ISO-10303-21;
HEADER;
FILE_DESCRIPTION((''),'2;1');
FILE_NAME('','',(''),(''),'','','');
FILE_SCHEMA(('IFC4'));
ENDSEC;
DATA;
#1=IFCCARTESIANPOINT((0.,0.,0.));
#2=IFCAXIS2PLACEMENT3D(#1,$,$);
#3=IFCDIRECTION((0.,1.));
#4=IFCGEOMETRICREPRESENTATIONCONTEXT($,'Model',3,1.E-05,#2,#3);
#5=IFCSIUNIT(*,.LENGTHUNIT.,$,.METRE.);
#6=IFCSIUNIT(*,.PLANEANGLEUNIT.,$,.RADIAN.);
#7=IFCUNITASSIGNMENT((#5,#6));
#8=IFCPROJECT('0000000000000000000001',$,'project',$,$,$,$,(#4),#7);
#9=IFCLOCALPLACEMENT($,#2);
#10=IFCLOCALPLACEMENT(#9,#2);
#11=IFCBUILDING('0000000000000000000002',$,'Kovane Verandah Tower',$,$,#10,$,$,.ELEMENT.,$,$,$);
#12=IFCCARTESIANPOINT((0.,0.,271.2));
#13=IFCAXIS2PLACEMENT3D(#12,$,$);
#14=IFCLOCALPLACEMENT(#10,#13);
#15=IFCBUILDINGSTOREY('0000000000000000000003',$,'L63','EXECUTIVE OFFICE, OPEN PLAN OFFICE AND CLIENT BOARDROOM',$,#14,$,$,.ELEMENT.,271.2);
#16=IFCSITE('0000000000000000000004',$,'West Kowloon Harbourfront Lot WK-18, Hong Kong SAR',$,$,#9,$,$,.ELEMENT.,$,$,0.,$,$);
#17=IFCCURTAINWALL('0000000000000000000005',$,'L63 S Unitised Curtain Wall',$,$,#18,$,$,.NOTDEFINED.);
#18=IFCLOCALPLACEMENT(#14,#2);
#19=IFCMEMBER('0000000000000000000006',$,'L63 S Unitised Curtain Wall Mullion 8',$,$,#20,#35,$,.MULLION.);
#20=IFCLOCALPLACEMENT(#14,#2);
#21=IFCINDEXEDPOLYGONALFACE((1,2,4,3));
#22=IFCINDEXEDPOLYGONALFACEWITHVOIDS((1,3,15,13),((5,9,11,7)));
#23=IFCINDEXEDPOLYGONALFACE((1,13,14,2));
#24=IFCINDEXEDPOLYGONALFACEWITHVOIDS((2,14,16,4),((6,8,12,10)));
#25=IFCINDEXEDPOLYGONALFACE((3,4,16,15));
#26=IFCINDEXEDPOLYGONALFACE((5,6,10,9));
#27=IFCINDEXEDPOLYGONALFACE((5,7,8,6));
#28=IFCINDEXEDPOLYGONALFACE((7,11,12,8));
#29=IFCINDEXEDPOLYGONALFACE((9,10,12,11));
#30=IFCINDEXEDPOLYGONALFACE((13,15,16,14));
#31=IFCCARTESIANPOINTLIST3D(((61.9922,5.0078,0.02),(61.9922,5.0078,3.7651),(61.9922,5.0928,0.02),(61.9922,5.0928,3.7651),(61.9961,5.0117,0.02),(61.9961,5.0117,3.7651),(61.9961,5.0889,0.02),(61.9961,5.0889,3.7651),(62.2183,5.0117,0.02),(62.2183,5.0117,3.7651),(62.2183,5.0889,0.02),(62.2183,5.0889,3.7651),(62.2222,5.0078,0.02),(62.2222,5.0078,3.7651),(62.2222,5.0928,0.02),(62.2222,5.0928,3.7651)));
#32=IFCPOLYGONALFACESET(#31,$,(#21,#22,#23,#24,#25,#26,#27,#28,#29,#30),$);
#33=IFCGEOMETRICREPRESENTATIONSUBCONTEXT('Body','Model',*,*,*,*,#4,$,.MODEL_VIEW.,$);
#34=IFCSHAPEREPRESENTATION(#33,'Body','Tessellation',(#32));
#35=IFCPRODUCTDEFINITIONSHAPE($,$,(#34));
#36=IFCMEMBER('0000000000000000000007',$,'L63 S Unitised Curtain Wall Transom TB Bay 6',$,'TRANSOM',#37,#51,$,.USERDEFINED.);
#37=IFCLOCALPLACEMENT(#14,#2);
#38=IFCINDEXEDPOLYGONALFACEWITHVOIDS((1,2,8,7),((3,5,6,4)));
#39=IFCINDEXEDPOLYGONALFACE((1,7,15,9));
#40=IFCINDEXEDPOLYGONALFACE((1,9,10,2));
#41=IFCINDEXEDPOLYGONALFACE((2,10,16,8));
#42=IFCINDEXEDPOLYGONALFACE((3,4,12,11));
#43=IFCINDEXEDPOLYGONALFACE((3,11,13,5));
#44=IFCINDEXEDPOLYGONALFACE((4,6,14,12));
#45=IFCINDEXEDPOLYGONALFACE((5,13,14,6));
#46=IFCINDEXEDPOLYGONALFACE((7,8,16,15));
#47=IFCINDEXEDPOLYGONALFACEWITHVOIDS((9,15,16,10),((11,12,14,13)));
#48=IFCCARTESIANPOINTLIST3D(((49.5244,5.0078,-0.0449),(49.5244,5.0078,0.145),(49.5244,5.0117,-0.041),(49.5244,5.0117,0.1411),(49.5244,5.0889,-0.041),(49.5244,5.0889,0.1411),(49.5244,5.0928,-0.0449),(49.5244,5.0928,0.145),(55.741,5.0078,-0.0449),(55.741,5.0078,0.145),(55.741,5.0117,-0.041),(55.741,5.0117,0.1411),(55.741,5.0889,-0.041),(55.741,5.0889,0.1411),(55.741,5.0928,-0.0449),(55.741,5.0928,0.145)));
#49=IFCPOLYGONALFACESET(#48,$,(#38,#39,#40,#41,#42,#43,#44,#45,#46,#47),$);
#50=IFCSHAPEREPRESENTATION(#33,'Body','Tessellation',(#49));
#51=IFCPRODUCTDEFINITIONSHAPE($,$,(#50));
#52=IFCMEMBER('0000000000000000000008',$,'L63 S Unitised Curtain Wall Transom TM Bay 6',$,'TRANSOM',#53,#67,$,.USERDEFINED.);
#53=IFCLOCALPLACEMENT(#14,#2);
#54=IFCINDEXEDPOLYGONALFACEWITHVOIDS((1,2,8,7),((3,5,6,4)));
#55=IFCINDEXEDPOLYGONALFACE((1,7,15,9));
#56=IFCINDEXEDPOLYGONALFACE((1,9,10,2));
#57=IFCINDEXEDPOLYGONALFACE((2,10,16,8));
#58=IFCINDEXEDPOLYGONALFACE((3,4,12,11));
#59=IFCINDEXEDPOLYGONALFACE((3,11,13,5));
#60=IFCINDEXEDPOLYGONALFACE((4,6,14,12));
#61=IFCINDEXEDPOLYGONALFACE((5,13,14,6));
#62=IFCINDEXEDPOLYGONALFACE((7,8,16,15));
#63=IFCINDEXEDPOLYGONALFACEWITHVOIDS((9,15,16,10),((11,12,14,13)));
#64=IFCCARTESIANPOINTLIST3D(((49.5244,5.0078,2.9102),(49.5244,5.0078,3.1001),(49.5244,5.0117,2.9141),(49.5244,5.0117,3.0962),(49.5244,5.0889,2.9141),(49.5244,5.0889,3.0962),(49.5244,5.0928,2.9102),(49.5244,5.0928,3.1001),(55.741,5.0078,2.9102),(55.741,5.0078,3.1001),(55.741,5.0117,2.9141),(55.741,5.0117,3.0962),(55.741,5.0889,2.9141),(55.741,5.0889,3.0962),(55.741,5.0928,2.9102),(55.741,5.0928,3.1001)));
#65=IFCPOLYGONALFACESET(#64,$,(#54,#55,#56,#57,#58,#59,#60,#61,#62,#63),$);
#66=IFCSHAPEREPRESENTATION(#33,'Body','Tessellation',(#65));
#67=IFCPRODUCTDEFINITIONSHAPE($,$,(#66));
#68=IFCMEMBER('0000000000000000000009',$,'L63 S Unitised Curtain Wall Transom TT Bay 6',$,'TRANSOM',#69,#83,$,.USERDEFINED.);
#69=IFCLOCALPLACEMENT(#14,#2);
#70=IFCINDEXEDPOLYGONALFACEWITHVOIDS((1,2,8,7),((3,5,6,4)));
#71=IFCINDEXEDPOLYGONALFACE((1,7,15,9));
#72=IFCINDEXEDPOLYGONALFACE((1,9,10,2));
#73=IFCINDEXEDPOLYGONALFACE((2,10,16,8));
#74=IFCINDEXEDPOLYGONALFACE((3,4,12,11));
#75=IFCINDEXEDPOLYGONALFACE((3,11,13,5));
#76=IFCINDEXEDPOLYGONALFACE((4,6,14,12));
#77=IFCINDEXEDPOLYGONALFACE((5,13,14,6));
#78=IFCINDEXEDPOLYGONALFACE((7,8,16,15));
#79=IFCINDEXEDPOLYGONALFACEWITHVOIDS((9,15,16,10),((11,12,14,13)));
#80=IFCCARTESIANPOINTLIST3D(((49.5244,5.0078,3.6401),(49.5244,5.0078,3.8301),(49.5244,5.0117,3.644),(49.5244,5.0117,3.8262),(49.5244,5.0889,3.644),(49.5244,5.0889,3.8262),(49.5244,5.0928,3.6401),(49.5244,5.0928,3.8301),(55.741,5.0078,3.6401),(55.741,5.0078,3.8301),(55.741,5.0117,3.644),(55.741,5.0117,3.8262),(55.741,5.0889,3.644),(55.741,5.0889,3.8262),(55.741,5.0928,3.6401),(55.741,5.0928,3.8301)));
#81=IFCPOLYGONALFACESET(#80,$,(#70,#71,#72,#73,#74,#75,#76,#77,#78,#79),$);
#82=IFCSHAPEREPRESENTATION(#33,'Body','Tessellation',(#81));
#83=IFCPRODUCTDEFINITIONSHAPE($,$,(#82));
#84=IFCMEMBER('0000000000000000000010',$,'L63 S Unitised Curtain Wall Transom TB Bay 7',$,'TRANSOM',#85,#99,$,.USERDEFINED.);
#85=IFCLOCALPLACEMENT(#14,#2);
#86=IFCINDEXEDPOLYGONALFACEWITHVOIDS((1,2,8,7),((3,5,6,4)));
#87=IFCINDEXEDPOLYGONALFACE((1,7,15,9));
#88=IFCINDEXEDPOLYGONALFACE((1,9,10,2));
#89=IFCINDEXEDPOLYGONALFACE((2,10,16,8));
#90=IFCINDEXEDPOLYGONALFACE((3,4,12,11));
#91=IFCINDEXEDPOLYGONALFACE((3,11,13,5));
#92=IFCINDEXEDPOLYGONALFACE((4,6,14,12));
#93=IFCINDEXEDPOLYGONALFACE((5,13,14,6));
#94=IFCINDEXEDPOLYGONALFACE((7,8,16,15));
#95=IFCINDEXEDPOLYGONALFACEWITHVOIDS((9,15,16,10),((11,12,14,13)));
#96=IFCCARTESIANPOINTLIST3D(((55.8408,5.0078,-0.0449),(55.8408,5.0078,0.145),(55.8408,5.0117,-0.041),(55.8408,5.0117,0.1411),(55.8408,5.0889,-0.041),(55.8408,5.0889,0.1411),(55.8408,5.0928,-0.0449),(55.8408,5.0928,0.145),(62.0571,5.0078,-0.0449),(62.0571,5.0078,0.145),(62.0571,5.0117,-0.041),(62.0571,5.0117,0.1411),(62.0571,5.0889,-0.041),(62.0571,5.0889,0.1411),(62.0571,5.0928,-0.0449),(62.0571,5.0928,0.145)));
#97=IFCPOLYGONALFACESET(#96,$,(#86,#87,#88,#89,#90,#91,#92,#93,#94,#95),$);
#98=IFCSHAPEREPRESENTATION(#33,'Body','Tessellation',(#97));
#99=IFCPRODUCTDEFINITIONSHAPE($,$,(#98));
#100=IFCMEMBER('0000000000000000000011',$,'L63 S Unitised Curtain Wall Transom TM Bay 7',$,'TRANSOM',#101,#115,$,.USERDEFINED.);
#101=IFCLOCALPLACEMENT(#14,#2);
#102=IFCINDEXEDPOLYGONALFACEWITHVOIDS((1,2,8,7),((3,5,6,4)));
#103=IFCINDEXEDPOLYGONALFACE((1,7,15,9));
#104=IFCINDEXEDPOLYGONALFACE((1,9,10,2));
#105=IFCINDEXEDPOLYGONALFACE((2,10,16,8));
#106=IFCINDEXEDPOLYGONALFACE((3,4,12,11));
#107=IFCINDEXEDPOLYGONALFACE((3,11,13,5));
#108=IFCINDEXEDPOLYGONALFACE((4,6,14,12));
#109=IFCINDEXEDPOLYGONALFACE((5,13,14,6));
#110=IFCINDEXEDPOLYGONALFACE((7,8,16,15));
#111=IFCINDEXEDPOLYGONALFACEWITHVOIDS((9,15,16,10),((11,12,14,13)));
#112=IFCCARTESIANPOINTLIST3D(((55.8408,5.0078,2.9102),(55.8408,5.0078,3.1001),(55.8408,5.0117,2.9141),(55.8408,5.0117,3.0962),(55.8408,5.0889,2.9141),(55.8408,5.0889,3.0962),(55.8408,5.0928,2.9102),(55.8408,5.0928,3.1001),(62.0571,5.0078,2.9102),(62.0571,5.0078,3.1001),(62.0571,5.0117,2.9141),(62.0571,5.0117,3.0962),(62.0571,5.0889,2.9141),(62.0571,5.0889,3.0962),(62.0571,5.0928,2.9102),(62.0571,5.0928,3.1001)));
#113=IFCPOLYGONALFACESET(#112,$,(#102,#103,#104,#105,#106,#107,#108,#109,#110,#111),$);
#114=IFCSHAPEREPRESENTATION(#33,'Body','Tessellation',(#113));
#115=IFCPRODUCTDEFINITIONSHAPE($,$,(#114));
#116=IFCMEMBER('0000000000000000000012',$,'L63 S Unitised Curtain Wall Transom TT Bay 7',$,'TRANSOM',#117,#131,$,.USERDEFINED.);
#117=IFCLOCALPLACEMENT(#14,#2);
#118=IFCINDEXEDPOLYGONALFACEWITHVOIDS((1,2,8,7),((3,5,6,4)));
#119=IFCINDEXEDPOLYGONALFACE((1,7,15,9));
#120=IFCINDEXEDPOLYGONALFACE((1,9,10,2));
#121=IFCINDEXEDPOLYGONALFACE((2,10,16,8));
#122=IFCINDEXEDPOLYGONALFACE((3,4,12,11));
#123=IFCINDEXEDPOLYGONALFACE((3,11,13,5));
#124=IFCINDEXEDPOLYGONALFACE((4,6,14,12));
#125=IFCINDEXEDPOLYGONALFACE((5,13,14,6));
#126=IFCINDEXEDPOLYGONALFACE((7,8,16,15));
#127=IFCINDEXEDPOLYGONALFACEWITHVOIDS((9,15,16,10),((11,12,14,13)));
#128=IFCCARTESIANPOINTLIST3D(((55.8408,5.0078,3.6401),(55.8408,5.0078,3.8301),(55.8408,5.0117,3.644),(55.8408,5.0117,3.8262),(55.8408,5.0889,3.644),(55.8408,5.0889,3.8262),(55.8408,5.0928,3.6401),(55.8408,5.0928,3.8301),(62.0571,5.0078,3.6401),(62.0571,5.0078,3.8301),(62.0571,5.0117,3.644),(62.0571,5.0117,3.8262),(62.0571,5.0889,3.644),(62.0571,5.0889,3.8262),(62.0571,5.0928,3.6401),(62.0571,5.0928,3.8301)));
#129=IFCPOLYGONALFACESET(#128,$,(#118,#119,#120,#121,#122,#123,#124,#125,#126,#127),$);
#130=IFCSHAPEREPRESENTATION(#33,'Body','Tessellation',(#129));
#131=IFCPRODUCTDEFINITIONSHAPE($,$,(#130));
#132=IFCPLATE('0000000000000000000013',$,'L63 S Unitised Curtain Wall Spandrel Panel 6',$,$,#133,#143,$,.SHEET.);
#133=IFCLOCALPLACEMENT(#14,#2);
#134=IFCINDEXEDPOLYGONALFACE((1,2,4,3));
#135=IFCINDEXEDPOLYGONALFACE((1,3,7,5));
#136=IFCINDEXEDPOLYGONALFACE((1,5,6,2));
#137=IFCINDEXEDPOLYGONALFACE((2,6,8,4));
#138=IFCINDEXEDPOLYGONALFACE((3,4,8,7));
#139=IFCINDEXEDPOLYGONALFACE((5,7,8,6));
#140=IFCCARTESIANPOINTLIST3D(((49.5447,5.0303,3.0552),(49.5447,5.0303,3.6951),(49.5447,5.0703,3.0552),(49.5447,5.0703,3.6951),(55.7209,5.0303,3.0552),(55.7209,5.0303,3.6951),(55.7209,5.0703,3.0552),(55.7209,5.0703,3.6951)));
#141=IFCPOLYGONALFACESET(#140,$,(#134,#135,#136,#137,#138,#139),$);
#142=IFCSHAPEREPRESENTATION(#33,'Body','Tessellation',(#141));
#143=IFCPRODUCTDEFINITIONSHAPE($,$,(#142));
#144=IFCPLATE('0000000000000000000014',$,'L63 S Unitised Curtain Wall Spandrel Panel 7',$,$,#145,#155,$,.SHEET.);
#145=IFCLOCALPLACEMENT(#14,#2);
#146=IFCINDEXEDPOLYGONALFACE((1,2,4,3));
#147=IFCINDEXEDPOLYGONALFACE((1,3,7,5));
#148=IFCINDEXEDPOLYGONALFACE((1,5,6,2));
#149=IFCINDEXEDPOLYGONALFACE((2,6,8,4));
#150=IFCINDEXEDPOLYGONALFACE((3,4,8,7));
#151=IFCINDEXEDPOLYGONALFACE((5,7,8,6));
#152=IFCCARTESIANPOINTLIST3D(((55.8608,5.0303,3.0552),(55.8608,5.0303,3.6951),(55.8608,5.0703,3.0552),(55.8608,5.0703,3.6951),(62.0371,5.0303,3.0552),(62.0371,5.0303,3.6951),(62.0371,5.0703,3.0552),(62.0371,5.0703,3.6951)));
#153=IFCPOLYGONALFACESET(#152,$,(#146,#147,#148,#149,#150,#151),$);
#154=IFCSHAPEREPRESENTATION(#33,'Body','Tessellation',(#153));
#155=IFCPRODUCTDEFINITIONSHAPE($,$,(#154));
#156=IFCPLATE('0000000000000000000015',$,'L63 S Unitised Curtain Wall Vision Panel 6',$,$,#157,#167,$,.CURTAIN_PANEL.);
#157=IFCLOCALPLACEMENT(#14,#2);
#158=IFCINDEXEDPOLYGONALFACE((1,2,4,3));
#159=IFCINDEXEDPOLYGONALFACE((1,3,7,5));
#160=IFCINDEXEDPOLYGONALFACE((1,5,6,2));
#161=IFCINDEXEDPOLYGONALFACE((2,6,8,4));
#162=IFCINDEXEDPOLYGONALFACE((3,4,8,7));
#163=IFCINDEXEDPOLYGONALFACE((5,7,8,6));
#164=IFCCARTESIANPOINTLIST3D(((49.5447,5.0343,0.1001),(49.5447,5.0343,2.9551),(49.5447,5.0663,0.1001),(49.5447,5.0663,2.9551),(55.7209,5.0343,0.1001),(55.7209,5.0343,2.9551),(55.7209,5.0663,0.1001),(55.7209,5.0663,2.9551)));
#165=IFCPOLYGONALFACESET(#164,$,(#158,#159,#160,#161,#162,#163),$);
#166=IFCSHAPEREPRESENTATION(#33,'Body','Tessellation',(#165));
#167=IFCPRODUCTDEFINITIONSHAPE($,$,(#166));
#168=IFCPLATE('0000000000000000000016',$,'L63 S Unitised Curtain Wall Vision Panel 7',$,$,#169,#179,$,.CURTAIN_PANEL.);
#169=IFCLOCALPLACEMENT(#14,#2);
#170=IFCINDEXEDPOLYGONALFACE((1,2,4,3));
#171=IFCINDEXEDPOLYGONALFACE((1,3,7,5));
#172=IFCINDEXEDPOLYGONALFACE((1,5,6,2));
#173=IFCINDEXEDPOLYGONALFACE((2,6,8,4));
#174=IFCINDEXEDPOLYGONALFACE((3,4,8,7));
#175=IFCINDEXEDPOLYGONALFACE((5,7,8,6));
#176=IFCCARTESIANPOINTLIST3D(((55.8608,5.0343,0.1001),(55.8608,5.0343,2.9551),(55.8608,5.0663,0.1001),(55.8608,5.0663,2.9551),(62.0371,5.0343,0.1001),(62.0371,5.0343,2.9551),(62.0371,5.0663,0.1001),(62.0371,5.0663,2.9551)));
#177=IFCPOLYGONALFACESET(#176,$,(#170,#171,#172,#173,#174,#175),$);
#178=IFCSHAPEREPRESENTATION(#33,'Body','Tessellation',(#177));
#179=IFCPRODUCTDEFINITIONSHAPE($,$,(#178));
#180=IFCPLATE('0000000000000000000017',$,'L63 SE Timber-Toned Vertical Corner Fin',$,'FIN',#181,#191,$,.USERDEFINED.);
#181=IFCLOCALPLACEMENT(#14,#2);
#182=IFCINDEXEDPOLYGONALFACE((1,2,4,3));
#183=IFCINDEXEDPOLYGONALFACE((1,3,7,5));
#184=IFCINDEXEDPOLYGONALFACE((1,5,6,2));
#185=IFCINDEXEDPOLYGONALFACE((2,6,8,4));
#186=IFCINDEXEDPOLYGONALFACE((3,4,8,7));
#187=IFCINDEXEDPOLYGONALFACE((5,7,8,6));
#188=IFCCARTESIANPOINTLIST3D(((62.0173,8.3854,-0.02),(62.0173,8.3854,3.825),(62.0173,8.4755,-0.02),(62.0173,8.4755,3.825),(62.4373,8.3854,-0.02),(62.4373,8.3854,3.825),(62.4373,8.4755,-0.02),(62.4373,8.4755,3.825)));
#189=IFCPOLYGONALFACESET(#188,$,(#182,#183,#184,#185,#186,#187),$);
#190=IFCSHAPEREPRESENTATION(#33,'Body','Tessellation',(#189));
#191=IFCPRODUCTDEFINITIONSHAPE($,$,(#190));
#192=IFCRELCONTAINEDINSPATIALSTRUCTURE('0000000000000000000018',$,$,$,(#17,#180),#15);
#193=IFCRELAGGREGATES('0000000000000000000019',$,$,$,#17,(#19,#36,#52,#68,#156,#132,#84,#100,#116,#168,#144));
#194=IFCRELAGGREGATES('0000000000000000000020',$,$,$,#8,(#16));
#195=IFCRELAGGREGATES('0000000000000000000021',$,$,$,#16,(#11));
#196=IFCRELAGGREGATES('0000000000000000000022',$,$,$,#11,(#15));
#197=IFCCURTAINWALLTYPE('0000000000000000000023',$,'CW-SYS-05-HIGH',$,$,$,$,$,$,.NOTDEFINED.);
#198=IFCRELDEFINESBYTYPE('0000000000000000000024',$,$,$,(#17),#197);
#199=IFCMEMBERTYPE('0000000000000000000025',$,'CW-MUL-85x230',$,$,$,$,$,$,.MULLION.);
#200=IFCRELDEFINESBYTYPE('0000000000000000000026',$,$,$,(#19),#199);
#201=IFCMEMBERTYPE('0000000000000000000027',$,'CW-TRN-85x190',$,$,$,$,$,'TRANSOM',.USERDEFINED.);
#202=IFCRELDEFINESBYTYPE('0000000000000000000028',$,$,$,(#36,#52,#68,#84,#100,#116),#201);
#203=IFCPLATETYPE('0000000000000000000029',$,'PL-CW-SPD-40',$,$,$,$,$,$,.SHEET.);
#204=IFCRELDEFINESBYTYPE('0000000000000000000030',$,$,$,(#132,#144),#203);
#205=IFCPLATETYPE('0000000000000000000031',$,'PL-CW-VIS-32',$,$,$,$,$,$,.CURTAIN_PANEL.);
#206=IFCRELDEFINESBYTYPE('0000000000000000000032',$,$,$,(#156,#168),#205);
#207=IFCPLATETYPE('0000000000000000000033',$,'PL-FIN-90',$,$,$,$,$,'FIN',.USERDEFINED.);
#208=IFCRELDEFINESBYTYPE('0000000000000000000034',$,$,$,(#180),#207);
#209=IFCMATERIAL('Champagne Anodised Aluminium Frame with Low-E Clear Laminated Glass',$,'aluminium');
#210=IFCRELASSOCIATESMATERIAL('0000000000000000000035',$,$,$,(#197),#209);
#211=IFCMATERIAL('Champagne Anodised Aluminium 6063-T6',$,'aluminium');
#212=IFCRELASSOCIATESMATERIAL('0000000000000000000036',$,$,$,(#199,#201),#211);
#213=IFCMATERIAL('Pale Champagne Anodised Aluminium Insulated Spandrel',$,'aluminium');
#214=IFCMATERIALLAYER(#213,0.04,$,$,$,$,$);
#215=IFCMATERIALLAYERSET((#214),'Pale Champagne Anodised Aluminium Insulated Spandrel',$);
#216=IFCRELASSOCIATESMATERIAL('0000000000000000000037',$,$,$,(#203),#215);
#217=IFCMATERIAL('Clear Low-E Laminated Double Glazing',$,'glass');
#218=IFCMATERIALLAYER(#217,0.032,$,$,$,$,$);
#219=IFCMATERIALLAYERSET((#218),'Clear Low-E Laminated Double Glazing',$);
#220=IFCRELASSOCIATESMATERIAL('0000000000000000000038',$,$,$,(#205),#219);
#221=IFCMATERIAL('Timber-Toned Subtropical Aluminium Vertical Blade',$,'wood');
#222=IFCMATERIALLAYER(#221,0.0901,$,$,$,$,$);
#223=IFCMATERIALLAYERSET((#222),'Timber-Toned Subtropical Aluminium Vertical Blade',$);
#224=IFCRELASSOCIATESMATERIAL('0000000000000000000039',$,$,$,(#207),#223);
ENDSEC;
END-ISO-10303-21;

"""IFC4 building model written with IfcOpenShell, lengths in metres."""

from ifc_helpers import new_model, si_unit, direction, frame, origin, origin_2d, place, context, subcontext, project, spatial, rectangle, hollow_rectangle, extrude, material, layer, layer_set, material_profile, profile_set, type_object, element, aggregate, save


model = new_model("IFC4")

# Units and contexts
model_context = context("Model", 3, precision=1e-05, world=origin(), true_north=direction((0.0, 1.0)))
body_context = subcontext(model_context, "Body", "Model", "MODEL_VIEW")
ifc_project = project(units=[si_unit("LENGTHUNIT", "METRE"), si_unit("PLANEANGLEUNIT", "RADIAN")], contexts=[model_context])

# Site, building, storey
site_placement = place(None, origin())
site = spatial("IfcSite", under=ifc_project, at=site_placement, Name="West Kowloon Harbourfront Lot WK-18, Hong Kong SAR", CompositionType="ELEMENT", RefElevation=0.0)
building_placement = place(site_placement, origin())
building = spatial("IfcBuilding", under=site, at=building_placement, Name="Kovane Verandah Tower", CompositionType="ELEMENT")
storey_placement = place(building_placement, frame((0.0, 0.0, 271.2)))
storey = spatial("IfcBuildingStorey", under=building, at=storey_placement, Name="L63", Description="EXECUTIVE OFFICE, OPEN PLAN OFFICE AND CLIENT BOARDROOM", CompositionType="ELEMENT", Elevation=271.2)

# Curtain wall, members, plates
ifc_material_1 = material(Name="Champagne Anodised Aluminium Frame with Low-E Clear Laminated Glass", Category="aluminium")
curtain_wall_type = type_object("IfcCurtainWallType", Name="CW-SYS-05-HIGH", PredefinedType="NOTDEFINED", material=ifc_material_1)
curtain_wall_placement = place(storey_placement, origin())
curtain_wall = element("IfcCurtainWall", 1, at=curtain_wall_placement, inside=storey, type_object=curtain_wall_type, Name="L63 S Unitised Curtain Wall", PredefinedType="NOTDEFINED")
ifc_material_2 = material(Name="Champagne Anodised Aluminium 6063-T6", Category="aluminium")
ifc_material_profile_1 = material_profile(ifc_material_2, hollow_rectangle(XDim=0.085, YDim=0.23, WallThickness=0.0039, at=origin_2d()), Name="AL85x230x4")
ifc_profile_set_1 = profile_set([ifc_material_profile_1], Name="Champagne Anodised Aluminium 6063-T6")
member_type_1 = type_object("IfcMemberType", Name="CW-MUL-85x230", PredefinedType="MULLION", material=ifc_profile_set_1)
member_1_placement = place(storey_placement, frame((62.1072, 5.0503, 0.02), z_axis=(0.0, 0.0, 1.0), x_axis=(0.0, -1.0, 0.0)))
member_1 = element("IfcMember", 2, at=member_1_placement, type_object=member_type_1, Name="L63 S Unitised Curtain Wall Mullion 8", PredefinedType="MULLION", context=body_context, shape_type="SweptSolid", body=[
    extrude(hollow_rectangle(XDim=0.085, YDim=0.23, WallThickness=0.0039, at=origin_2d()), origin(), (0.0, 0.0, 1.0), 3.7451),
])
ifc_material_profile_2 = material_profile(ifc_material_2, hollow_rectangle(XDim=0.085, YDim=0.1899, WallThickness=0.0039, at=origin_2d()), Name="AL85x190x4")
ifc_profile_set_2 = profile_set([ifc_material_profile_2], Name="Champagne Anodised Aluminium 6063-T6")
member_type_2 = type_object("IfcMemberType", Name="CW-TRN-85x190", ElementType="TRANSOM", PredefinedType="USERDEFINED", material=ifc_profile_set_2)
member_2_placement = place(storey_placement, frame((49.5244, 5.0503, 0.05), z_axis=(1.0, 0.0, 0.0), x_axis=(0.0, 1.0, 0.0)))
member_2 = element("IfcMember", 3, at=member_2_placement, type_object=member_type_2, Name="L63 S Unitised Curtain Wall Transom TB Bay 6", ObjectType="TRANSOM", PredefinedType="USERDEFINED", context=body_context, shape_type="SweptSolid", body=[
    extrude(hollow_rectangle(XDim=0.085, YDim=0.1899, WallThickness=0.0039, at=origin_2d()), origin(), (0.0, 0.0, 1.0), 6.2166),
])
member_3_placement = place(storey_placement, frame((49.5244, 5.0503, 3.0051), z_axis=(1.0, 0.0, 0.0), x_axis=(0.0, 1.0, 0.0)))
member_3 = element("IfcMember", 4, at=member_3_placement, type_object=member_type_2, Name="L63 S Unitised Curtain Wall Transom TM Bay 6", ObjectType="TRANSOM", PredefinedType="USERDEFINED", context=body_context, shape_type="SweptSolid", body=[
    extrude(hollow_rectangle(XDim=0.085, YDim=0.1899, WallThickness=0.0039, at=origin_2d()), origin(), (0.0, 0.0, 1.0), 6.2166),
])
member_4_placement = place(storey_placement, frame((49.5244, 5.0503, 3.7351), z_axis=(1.0, 0.0, 0.0), x_axis=(0.0, 1.0, 0.0)))
member_4 = element("IfcMember", 5, at=member_4_placement, type_object=member_type_2, Name="L63 S Unitised Curtain Wall Transom TT Bay 6", ObjectType="TRANSOM", PredefinedType="USERDEFINED", context=body_context, shape_type="SweptSolid", body=[
    extrude(hollow_rectangle(XDim=0.085, YDim=0.1899, WallThickness=0.0039, at=origin_2d()), origin(), (0.0, 0.0, 1.0), 6.2166),
])
member_5_placement = place(storey_placement, frame((55.8408, 5.0503, 0.05), z_axis=(1.0, 0.0, 0.0), x_axis=(0.0, 1.0, 0.0)))
member_5 = element("IfcMember", 6, at=member_5_placement, type_object=member_type_2, Name="L63 S Unitised Curtain Wall Transom TB Bay 7", ObjectType="TRANSOM", PredefinedType="USERDEFINED", context=body_context, shape_type="SweptSolid", body=[
    extrude(hollow_rectangle(XDim=0.085, YDim=0.1899, WallThickness=0.0039, at=origin_2d()), origin(), (0.0, 0.0, 1.0), 6.2163),
])
member_6_placement = place(storey_placement, frame((55.8408, 5.0503, 3.0051), z_axis=(1.0, 0.0, 0.0), x_axis=(0.0, 1.0, 0.0)))
member_6 = element("IfcMember", 7, at=member_6_placement, type_object=member_type_2, Name="L63 S Unitised Curtain Wall Transom TM Bay 7", ObjectType="TRANSOM", PredefinedType="USERDEFINED", context=body_context, shape_type="SweptSolid", body=[
    extrude(hollow_rectangle(XDim=0.085, YDim=0.1899, WallThickness=0.0039, at=origin_2d()), origin(), (0.0, 0.0, 1.0), 6.2163),
])
member_7_placement = place(storey_placement, frame((55.8408, 5.0503, 3.7351), z_axis=(1.0, 0.0, 0.0), x_axis=(0.0, 1.0, 0.0)))
member_7 = element("IfcMember", 8, at=member_7_placement, type_object=member_type_2, Name="L63 S Unitised Curtain Wall Transom TT Bay 7", ObjectType="TRANSOM", PredefinedType="USERDEFINED", context=body_context, shape_type="SweptSolid", body=[
    extrude(hollow_rectangle(XDim=0.085, YDim=0.1899, WallThickness=0.0039, at=origin_2d()), origin(), (0.0, 0.0, 1.0), 6.2163),
])
ifc_material_3 = material(Name="Pale Champagne Anodised Aluminium Insulated Spandrel", Category="aluminium")
ifc_layer_1 = layer(ifc_material_3, 0.04)
ifc_layer_set_1 = layer_set([ifc_layer_1], Name="Pale Champagne Anodised Aluminium Insulated Spandrel")
plate_type_1 = type_object("IfcPlateType", Name="PL-CW-SPD-40", PredefinedType="SHEET", material=ifc_layer_set_1)
plate_1_placement = place(storey_placement, frame((52.6328, 5.0503, 3.0552), z_axis=(0.0, 0.0, 1.0), x_axis=(1.0, 0.0, 0.0)))
plate_1 = element("IfcPlate", 9, at=plate_1_placement, type_object=plate_type_1, Name="L63 S Unitised Curtain Wall Spandrel Panel 6", PredefinedType="SHEET", context=body_context, shape_type="SweptSolid", body=[
    extrude(rectangle(XDim=6.1763, YDim=0.04, at=origin_2d()), origin(), (0.0, 0.0, 1.0), 0.6399),
])
plate_2_placement = place(storey_placement, frame((58.949, 5.0503, 3.0552), z_axis=(0.0, 0.0, 1.0), x_axis=(1.0, 0.0, 0.0)))
plate_2 = element("IfcPlate", 10, at=plate_2_placement, type_object=plate_type_1, Name="L63 S Unitised Curtain Wall Spandrel Panel 7", PredefinedType="SHEET", context=body_context, shape_type="SweptSolid", body=[
    extrude(rectangle(XDim=6.1763, YDim=0.04, at=origin_2d()), origin(), (0.0, 0.0, 1.0), 0.6399),
])
ifc_material_4 = material(Name="Clear Low-E Laminated Double Glazing", Category="glass")
ifc_layer_2 = layer(ifc_material_4, 0.032)
ifc_layer_set_2 = layer_set([ifc_layer_2], Name="Clear Low-E Laminated Double Glazing")
plate_type_2 = type_object("IfcPlateType", Name="PL-CW-VIS-32", PredefinedType="CURTAIN_PANEL", material=ifc_layer_set_2)
plate_3_placement = place(storey_placement, frame((52.6328, 5.0503, 0.1001), z_axis=(0.0, 0.0, 1.0), x_axis=(1.0, 0.0, 0.0)))
plate_3 = element("IfcPlate", 11, at=plate_3_placement, type_object=plate_type_2, Name="L63 S Unitised Curtain Wall Vision Panel 6", PredefinedType="CURTAIN_PANEL", context=body_context, shape_type="SweptSolid", body=[
    extrude(rectangle(XDim=6.1763, YDim=0.032, at=origin_2d()), origin(), (0.0, 0.0, 1.0), 2.855),
])
plate_4_placement = place(storey_placement, frame((58.949, 5.0503, 0.1001), z_axis=(0.0, 0.0, 1.0), x_axis=(1.0, 0.0, 0.0)))
plate_4 = element("IfcPlate", 12, at=plate_4_placement, type_object=plate_type_2, Name="L63 S Unitised Curtain Wall Vision Panel 7", PredefinedType="CURTAIN_PANEL", context=body_context, shape_type="SweptSolid", body=[
    extrude(rectangle(XDim=6.1763, YDim=0.032, at=origin_2d()), origin(), (0.0, 0.0, 1.0), 2.855),
])
aggregate(curtain_wall, [member_1, member_2, member_3, member_4, plate_3, plate_1, member_5, member_6, member_7, plate_4, plate_2])

# Plate
ifc_material_5 = material(Name="Timber-Toned Subtropical Aluminium Vertical Blade", Category="wood")
ifc_layer_3 = layer(ifc_material_5, 0.0901)
ifc_layer_set_3 = layer_set([ifc_layer_3], Name="Timber-Toned Subtropical Aluminium Vertical Blade")
plate_type_3 = type_object("IfcPlateType", Name="PL-FIN-90", ElementType="FIN", PredefinedType="USERDEFINED", material=ifc_layer_set_3)
plate_5_placement = place(storey_placement, frame((62.2273, 8.4304, -0.02), z_axis=(0.0, 0.0, 1.0), x_axis=(1.0, 0.0, 0.0)))
element("IfcPlate", 13, at=plate_5_placement, inside=storey, type_object=plate_type_3, Name="L63 SE Timber-Toned Vertical Corner Fin", ObjectType="FIN", PredefinedType="USERDEFINED", context=body_context, shape_type="SweptSolid", body=[
    extrude(rectangle(XDim=0.4199, YDim=0.0901, at=origin_2d()), origin(), (0.0, 0.0, 1.0), 3.845),
])

save(model, "model.ifc")
